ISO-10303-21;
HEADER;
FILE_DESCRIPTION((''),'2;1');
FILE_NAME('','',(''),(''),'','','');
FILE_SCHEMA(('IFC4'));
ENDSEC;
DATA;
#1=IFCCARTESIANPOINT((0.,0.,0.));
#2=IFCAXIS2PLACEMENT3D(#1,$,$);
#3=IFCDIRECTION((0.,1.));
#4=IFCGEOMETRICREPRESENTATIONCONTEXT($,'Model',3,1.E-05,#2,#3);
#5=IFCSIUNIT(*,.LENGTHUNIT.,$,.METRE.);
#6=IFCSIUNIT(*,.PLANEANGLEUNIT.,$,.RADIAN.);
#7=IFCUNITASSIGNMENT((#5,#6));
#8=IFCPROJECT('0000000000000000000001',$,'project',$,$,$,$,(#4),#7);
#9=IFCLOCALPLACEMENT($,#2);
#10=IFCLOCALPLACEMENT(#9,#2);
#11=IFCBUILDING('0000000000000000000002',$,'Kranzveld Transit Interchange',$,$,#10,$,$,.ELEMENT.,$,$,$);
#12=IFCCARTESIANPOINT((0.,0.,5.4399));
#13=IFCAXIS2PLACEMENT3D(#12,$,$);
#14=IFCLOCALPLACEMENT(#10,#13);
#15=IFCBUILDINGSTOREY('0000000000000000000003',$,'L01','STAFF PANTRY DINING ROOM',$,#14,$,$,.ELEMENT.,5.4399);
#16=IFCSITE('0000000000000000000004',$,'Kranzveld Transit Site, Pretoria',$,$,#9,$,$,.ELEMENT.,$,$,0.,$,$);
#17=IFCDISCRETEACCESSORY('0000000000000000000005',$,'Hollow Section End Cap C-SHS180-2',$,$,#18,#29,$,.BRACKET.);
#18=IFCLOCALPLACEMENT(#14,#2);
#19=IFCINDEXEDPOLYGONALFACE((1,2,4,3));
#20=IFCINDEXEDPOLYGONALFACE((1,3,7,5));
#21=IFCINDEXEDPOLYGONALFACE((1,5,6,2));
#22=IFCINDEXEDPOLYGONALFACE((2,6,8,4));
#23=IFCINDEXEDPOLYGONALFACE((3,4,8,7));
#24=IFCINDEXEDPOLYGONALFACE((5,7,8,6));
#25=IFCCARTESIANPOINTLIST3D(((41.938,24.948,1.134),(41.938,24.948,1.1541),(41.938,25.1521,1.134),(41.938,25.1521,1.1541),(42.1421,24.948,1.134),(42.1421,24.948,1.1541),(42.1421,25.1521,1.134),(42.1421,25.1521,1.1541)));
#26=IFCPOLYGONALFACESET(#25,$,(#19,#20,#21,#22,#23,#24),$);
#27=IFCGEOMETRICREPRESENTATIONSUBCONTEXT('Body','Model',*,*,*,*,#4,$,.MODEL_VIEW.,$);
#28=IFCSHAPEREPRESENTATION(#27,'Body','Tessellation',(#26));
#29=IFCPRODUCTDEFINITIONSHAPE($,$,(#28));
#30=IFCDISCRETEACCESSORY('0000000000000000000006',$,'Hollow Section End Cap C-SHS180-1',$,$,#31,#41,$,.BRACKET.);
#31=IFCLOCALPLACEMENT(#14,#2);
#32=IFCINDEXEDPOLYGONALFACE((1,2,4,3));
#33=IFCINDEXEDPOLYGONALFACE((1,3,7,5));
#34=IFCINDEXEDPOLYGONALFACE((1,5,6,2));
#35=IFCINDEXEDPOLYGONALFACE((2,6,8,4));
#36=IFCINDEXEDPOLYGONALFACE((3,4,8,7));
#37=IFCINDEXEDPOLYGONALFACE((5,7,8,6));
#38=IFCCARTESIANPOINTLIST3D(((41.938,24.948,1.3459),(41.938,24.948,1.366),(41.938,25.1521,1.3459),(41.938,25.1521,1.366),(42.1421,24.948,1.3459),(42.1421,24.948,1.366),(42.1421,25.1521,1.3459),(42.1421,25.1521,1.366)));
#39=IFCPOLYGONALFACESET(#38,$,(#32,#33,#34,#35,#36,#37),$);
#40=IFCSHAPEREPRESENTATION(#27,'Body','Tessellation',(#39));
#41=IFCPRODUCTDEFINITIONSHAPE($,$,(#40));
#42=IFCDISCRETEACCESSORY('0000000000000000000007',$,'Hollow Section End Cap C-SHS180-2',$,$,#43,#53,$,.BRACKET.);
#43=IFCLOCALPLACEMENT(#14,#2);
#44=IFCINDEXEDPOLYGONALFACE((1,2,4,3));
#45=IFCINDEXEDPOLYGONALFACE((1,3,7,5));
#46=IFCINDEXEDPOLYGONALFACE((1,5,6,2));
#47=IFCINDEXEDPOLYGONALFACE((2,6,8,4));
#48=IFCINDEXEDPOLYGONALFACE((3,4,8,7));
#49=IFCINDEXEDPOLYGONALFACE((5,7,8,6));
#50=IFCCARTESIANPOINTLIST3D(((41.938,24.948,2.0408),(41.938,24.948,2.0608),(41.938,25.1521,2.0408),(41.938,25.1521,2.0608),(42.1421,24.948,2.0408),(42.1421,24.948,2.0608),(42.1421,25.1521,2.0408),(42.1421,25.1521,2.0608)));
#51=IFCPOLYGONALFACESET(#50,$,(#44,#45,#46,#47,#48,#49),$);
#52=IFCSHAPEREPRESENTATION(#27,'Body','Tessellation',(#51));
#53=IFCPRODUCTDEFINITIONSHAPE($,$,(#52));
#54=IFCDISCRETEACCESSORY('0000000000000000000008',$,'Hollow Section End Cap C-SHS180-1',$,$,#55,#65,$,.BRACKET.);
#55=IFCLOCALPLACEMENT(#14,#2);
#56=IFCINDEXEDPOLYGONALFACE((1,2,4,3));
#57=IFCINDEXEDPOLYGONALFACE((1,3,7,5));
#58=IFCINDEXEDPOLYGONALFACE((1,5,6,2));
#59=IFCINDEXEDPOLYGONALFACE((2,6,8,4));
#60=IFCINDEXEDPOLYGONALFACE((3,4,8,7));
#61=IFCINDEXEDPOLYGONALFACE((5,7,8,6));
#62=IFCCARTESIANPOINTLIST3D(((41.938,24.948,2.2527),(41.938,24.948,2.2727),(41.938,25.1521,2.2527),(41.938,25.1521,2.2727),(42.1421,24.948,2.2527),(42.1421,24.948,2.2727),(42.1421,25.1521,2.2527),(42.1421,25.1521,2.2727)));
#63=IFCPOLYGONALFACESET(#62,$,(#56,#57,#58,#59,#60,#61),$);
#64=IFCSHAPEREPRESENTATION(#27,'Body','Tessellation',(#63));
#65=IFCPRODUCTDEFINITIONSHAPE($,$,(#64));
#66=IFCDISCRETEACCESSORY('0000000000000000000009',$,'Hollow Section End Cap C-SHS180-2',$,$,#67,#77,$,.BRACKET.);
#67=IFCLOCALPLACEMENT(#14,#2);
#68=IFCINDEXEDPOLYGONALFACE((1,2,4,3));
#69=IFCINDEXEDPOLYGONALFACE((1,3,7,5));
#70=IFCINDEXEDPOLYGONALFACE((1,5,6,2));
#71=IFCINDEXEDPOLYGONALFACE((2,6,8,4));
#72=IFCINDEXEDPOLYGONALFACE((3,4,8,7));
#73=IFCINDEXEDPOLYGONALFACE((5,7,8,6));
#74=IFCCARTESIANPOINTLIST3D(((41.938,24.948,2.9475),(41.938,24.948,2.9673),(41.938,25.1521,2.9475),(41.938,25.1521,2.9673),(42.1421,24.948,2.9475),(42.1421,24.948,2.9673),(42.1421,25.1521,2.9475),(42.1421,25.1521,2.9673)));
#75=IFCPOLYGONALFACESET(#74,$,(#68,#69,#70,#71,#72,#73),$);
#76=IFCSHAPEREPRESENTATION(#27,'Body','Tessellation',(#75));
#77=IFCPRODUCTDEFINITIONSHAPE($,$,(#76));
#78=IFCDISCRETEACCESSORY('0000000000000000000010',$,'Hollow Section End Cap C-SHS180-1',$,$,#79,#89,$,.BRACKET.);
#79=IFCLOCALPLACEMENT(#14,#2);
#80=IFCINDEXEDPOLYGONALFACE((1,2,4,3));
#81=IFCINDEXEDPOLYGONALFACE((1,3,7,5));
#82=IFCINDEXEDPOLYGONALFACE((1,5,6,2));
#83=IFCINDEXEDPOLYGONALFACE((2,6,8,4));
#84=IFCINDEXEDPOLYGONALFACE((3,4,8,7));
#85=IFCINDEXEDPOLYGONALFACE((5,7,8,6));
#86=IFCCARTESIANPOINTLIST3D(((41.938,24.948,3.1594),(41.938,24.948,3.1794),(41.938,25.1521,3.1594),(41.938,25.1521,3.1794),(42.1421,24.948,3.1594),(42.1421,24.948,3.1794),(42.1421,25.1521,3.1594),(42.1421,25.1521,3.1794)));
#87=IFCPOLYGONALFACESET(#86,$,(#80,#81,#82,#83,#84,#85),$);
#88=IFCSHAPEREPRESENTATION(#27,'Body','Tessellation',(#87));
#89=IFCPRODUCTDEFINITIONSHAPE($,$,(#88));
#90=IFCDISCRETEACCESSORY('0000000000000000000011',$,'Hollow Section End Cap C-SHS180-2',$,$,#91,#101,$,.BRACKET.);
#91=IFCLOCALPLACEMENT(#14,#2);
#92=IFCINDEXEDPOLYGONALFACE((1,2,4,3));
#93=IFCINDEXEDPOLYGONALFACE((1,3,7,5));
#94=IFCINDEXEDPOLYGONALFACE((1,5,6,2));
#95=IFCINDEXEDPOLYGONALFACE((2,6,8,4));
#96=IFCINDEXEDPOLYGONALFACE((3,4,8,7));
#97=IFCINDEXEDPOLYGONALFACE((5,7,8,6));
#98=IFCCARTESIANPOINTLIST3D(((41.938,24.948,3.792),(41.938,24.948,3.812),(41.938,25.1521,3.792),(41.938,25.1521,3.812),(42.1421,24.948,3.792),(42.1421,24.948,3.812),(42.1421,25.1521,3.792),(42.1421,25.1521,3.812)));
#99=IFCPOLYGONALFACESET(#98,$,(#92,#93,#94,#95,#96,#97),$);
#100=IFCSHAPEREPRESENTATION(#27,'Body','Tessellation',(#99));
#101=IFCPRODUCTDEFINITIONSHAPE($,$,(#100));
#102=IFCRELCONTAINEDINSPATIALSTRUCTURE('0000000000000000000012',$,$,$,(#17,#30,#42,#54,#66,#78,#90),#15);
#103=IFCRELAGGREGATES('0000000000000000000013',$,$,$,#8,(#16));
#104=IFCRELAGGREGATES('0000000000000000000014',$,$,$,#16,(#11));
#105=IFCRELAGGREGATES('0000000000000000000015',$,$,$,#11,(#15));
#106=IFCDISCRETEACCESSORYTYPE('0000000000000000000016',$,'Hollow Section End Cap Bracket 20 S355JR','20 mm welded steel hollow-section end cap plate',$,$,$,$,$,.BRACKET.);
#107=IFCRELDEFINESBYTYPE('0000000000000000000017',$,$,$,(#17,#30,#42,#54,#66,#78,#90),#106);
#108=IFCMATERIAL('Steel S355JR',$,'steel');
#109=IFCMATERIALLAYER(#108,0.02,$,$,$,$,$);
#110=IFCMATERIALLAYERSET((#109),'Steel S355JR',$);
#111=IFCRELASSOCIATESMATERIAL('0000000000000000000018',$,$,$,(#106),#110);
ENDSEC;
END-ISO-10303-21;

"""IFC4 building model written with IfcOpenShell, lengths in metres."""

from ifc_helpers import new_model, si_unit, direction, frame, origin, origin_2d, place, context, subcontext, project, spatial, rectangle, extrude, material, layer, layer_set, type_object, element, save


model = new_model("IFC4")

# Units and contexts
model_context = context("Model", 3, precision=1e-05, world=origin(), true_north=direction((0.0, 1.0)))
body_context = subcontext(model_context, "Body", "Model", "MODEL_VIEW")
ifc_project = project(units=[si_unit("LENGTHUNIT", "METRE"), si_unit("PLANEANGLEUNIT", "RADIAN")], contexts=[model_context])

# Site, building, storey
site_placement = place(None, origin())
site = spatial("IfcSite", under=ifc_project, at=site_placement, Name="Kranzveld Transit Site, Pretoria", CompositionType="ELEMENT", RefElevation=0.0)
building_placement = place(site_placement, origin())
building = spatial("IfcBuilding", under=site, at=building_placement, Name="Kranzveld Transit Interchange", CompositionType="ELEMENT")
storey_placement = place(building_placement, frame((0.0, 0.0, 5.4399)))
storey = spatial("IfcBuildingStorey", under=building, at=storey_placement, Name="L01", Description="STAFF PANTRY DINING ROOM", CompositionType="ELEMENT", Elevation=5.4399)

# Discrete accessories
ifc_material_1 = material(Name="Steel S355JR", Category="steel")
ifc_layer_1 = layer(ifc_material_1, 0.02)
ifc_layer_set_1 = layer_set([ifc_layer_1], Name="Steel S355JR")
discrete_accessory_type = type_object("IfcDiscreteAccessoryType", Name="Hollow Section End Cap Bracket 20 S355JR", Description="20 mm welded steel hollow-section end cap plate", PredefinedType="BRACKET", material=ifc_layer_set_1)
for number, where, z_axis, x_axis, name in (
    (1, (42.04, 25.05, 1.134), (0.0, 0.0, 1.0), (1.0, 0.0, 0.0), "Hollow Section End Cap C-SHS180-2"),
    (2, (42.04, 25.05, 1.366), (0.0, 0.0, -1.0), (1.0, 0.0, 0.0), "Hollow Section End Cap C-SHS180-1"),
    (3, (42.04, 25.05, 2.0408), (0.0, 0.0, 1.0), (1.0, 0.0, 0.0), "Hollow Section End Cap C-SHS180-2"),
    (4, (42.04, 25.05, 2.2727), (0.0, 0.0, -1.0), (1.0, 0.0, 0.0), "Hollow Section End Cap C-SHS180-1"),
):
    element("IfcDiscreteAccessory", number, at=place(storey_placement, frame(where, z_axis=z_axis, x_axis=x_axis)), inside=storey, type_object=discrete_accessory_type, Name=name, PredefinedType="BRACKET", context=body_context, shape_type="SweptSolid", body=[
        extrude(rectangle(XDim=0.2041, YDim=0.2041, at=origin_2d()), origin(), (0.0, 0.0, 1.0), 0.02),
    ])
discrete_accessory_placement = place(storey_placement, frame((42.04, 25.05, 2.9475), z_axis=(0.0, 0.0, 1.0), x_axis=(1.0, 0.0, 0.0)))
element("IfcDiscreteAccessory", 5, at=discrete_accessory_placement, inside=storey, type_object=discrete_accessory_type, Name="Hollow Section End Cap C-SHS180-2", PredefinedType="BRACKET", context=body_context, shape_type="SweptSolid", body=[
    extrude(rectangle(XDim=0.2041, YDim=0.2041, at=origin_2d()), origin(), (0.0, 0.0, 1.0), 0.0198),
])
for number, where, z_axis, x_axis, name in (
    (6, (42.04, 25.05, 3.1794), (0.0, 0.0, -1.0), (1.0, 0.0, 0.0), "Hollow Section End Cap C-SHS180-1"),
    (7, (42.04, 25.05, 3.792), (0.0, 0.0, 1.0), (1.0, 0.0, 0.0), "Hollow Section End Cap C-SHS180-2"),
):
    element("IfcDiscreteAccessory", number, at=place(storey_placement, frame(where, z_axis=z_axis, x_axis=x_axis)), inside=storey, type_object=discrete_accessory_type, Name=name, PredefinedType="BRACKET", context=body_context, shape_type="SweptSolid", body=[
        extrude(rectangle(XDim=0.2041, YDim=0.2041, at=origin_2d()), origin(), (0.0, 0.0, 1.0), 0.02),
    ])

save(model, "model.ifc")
